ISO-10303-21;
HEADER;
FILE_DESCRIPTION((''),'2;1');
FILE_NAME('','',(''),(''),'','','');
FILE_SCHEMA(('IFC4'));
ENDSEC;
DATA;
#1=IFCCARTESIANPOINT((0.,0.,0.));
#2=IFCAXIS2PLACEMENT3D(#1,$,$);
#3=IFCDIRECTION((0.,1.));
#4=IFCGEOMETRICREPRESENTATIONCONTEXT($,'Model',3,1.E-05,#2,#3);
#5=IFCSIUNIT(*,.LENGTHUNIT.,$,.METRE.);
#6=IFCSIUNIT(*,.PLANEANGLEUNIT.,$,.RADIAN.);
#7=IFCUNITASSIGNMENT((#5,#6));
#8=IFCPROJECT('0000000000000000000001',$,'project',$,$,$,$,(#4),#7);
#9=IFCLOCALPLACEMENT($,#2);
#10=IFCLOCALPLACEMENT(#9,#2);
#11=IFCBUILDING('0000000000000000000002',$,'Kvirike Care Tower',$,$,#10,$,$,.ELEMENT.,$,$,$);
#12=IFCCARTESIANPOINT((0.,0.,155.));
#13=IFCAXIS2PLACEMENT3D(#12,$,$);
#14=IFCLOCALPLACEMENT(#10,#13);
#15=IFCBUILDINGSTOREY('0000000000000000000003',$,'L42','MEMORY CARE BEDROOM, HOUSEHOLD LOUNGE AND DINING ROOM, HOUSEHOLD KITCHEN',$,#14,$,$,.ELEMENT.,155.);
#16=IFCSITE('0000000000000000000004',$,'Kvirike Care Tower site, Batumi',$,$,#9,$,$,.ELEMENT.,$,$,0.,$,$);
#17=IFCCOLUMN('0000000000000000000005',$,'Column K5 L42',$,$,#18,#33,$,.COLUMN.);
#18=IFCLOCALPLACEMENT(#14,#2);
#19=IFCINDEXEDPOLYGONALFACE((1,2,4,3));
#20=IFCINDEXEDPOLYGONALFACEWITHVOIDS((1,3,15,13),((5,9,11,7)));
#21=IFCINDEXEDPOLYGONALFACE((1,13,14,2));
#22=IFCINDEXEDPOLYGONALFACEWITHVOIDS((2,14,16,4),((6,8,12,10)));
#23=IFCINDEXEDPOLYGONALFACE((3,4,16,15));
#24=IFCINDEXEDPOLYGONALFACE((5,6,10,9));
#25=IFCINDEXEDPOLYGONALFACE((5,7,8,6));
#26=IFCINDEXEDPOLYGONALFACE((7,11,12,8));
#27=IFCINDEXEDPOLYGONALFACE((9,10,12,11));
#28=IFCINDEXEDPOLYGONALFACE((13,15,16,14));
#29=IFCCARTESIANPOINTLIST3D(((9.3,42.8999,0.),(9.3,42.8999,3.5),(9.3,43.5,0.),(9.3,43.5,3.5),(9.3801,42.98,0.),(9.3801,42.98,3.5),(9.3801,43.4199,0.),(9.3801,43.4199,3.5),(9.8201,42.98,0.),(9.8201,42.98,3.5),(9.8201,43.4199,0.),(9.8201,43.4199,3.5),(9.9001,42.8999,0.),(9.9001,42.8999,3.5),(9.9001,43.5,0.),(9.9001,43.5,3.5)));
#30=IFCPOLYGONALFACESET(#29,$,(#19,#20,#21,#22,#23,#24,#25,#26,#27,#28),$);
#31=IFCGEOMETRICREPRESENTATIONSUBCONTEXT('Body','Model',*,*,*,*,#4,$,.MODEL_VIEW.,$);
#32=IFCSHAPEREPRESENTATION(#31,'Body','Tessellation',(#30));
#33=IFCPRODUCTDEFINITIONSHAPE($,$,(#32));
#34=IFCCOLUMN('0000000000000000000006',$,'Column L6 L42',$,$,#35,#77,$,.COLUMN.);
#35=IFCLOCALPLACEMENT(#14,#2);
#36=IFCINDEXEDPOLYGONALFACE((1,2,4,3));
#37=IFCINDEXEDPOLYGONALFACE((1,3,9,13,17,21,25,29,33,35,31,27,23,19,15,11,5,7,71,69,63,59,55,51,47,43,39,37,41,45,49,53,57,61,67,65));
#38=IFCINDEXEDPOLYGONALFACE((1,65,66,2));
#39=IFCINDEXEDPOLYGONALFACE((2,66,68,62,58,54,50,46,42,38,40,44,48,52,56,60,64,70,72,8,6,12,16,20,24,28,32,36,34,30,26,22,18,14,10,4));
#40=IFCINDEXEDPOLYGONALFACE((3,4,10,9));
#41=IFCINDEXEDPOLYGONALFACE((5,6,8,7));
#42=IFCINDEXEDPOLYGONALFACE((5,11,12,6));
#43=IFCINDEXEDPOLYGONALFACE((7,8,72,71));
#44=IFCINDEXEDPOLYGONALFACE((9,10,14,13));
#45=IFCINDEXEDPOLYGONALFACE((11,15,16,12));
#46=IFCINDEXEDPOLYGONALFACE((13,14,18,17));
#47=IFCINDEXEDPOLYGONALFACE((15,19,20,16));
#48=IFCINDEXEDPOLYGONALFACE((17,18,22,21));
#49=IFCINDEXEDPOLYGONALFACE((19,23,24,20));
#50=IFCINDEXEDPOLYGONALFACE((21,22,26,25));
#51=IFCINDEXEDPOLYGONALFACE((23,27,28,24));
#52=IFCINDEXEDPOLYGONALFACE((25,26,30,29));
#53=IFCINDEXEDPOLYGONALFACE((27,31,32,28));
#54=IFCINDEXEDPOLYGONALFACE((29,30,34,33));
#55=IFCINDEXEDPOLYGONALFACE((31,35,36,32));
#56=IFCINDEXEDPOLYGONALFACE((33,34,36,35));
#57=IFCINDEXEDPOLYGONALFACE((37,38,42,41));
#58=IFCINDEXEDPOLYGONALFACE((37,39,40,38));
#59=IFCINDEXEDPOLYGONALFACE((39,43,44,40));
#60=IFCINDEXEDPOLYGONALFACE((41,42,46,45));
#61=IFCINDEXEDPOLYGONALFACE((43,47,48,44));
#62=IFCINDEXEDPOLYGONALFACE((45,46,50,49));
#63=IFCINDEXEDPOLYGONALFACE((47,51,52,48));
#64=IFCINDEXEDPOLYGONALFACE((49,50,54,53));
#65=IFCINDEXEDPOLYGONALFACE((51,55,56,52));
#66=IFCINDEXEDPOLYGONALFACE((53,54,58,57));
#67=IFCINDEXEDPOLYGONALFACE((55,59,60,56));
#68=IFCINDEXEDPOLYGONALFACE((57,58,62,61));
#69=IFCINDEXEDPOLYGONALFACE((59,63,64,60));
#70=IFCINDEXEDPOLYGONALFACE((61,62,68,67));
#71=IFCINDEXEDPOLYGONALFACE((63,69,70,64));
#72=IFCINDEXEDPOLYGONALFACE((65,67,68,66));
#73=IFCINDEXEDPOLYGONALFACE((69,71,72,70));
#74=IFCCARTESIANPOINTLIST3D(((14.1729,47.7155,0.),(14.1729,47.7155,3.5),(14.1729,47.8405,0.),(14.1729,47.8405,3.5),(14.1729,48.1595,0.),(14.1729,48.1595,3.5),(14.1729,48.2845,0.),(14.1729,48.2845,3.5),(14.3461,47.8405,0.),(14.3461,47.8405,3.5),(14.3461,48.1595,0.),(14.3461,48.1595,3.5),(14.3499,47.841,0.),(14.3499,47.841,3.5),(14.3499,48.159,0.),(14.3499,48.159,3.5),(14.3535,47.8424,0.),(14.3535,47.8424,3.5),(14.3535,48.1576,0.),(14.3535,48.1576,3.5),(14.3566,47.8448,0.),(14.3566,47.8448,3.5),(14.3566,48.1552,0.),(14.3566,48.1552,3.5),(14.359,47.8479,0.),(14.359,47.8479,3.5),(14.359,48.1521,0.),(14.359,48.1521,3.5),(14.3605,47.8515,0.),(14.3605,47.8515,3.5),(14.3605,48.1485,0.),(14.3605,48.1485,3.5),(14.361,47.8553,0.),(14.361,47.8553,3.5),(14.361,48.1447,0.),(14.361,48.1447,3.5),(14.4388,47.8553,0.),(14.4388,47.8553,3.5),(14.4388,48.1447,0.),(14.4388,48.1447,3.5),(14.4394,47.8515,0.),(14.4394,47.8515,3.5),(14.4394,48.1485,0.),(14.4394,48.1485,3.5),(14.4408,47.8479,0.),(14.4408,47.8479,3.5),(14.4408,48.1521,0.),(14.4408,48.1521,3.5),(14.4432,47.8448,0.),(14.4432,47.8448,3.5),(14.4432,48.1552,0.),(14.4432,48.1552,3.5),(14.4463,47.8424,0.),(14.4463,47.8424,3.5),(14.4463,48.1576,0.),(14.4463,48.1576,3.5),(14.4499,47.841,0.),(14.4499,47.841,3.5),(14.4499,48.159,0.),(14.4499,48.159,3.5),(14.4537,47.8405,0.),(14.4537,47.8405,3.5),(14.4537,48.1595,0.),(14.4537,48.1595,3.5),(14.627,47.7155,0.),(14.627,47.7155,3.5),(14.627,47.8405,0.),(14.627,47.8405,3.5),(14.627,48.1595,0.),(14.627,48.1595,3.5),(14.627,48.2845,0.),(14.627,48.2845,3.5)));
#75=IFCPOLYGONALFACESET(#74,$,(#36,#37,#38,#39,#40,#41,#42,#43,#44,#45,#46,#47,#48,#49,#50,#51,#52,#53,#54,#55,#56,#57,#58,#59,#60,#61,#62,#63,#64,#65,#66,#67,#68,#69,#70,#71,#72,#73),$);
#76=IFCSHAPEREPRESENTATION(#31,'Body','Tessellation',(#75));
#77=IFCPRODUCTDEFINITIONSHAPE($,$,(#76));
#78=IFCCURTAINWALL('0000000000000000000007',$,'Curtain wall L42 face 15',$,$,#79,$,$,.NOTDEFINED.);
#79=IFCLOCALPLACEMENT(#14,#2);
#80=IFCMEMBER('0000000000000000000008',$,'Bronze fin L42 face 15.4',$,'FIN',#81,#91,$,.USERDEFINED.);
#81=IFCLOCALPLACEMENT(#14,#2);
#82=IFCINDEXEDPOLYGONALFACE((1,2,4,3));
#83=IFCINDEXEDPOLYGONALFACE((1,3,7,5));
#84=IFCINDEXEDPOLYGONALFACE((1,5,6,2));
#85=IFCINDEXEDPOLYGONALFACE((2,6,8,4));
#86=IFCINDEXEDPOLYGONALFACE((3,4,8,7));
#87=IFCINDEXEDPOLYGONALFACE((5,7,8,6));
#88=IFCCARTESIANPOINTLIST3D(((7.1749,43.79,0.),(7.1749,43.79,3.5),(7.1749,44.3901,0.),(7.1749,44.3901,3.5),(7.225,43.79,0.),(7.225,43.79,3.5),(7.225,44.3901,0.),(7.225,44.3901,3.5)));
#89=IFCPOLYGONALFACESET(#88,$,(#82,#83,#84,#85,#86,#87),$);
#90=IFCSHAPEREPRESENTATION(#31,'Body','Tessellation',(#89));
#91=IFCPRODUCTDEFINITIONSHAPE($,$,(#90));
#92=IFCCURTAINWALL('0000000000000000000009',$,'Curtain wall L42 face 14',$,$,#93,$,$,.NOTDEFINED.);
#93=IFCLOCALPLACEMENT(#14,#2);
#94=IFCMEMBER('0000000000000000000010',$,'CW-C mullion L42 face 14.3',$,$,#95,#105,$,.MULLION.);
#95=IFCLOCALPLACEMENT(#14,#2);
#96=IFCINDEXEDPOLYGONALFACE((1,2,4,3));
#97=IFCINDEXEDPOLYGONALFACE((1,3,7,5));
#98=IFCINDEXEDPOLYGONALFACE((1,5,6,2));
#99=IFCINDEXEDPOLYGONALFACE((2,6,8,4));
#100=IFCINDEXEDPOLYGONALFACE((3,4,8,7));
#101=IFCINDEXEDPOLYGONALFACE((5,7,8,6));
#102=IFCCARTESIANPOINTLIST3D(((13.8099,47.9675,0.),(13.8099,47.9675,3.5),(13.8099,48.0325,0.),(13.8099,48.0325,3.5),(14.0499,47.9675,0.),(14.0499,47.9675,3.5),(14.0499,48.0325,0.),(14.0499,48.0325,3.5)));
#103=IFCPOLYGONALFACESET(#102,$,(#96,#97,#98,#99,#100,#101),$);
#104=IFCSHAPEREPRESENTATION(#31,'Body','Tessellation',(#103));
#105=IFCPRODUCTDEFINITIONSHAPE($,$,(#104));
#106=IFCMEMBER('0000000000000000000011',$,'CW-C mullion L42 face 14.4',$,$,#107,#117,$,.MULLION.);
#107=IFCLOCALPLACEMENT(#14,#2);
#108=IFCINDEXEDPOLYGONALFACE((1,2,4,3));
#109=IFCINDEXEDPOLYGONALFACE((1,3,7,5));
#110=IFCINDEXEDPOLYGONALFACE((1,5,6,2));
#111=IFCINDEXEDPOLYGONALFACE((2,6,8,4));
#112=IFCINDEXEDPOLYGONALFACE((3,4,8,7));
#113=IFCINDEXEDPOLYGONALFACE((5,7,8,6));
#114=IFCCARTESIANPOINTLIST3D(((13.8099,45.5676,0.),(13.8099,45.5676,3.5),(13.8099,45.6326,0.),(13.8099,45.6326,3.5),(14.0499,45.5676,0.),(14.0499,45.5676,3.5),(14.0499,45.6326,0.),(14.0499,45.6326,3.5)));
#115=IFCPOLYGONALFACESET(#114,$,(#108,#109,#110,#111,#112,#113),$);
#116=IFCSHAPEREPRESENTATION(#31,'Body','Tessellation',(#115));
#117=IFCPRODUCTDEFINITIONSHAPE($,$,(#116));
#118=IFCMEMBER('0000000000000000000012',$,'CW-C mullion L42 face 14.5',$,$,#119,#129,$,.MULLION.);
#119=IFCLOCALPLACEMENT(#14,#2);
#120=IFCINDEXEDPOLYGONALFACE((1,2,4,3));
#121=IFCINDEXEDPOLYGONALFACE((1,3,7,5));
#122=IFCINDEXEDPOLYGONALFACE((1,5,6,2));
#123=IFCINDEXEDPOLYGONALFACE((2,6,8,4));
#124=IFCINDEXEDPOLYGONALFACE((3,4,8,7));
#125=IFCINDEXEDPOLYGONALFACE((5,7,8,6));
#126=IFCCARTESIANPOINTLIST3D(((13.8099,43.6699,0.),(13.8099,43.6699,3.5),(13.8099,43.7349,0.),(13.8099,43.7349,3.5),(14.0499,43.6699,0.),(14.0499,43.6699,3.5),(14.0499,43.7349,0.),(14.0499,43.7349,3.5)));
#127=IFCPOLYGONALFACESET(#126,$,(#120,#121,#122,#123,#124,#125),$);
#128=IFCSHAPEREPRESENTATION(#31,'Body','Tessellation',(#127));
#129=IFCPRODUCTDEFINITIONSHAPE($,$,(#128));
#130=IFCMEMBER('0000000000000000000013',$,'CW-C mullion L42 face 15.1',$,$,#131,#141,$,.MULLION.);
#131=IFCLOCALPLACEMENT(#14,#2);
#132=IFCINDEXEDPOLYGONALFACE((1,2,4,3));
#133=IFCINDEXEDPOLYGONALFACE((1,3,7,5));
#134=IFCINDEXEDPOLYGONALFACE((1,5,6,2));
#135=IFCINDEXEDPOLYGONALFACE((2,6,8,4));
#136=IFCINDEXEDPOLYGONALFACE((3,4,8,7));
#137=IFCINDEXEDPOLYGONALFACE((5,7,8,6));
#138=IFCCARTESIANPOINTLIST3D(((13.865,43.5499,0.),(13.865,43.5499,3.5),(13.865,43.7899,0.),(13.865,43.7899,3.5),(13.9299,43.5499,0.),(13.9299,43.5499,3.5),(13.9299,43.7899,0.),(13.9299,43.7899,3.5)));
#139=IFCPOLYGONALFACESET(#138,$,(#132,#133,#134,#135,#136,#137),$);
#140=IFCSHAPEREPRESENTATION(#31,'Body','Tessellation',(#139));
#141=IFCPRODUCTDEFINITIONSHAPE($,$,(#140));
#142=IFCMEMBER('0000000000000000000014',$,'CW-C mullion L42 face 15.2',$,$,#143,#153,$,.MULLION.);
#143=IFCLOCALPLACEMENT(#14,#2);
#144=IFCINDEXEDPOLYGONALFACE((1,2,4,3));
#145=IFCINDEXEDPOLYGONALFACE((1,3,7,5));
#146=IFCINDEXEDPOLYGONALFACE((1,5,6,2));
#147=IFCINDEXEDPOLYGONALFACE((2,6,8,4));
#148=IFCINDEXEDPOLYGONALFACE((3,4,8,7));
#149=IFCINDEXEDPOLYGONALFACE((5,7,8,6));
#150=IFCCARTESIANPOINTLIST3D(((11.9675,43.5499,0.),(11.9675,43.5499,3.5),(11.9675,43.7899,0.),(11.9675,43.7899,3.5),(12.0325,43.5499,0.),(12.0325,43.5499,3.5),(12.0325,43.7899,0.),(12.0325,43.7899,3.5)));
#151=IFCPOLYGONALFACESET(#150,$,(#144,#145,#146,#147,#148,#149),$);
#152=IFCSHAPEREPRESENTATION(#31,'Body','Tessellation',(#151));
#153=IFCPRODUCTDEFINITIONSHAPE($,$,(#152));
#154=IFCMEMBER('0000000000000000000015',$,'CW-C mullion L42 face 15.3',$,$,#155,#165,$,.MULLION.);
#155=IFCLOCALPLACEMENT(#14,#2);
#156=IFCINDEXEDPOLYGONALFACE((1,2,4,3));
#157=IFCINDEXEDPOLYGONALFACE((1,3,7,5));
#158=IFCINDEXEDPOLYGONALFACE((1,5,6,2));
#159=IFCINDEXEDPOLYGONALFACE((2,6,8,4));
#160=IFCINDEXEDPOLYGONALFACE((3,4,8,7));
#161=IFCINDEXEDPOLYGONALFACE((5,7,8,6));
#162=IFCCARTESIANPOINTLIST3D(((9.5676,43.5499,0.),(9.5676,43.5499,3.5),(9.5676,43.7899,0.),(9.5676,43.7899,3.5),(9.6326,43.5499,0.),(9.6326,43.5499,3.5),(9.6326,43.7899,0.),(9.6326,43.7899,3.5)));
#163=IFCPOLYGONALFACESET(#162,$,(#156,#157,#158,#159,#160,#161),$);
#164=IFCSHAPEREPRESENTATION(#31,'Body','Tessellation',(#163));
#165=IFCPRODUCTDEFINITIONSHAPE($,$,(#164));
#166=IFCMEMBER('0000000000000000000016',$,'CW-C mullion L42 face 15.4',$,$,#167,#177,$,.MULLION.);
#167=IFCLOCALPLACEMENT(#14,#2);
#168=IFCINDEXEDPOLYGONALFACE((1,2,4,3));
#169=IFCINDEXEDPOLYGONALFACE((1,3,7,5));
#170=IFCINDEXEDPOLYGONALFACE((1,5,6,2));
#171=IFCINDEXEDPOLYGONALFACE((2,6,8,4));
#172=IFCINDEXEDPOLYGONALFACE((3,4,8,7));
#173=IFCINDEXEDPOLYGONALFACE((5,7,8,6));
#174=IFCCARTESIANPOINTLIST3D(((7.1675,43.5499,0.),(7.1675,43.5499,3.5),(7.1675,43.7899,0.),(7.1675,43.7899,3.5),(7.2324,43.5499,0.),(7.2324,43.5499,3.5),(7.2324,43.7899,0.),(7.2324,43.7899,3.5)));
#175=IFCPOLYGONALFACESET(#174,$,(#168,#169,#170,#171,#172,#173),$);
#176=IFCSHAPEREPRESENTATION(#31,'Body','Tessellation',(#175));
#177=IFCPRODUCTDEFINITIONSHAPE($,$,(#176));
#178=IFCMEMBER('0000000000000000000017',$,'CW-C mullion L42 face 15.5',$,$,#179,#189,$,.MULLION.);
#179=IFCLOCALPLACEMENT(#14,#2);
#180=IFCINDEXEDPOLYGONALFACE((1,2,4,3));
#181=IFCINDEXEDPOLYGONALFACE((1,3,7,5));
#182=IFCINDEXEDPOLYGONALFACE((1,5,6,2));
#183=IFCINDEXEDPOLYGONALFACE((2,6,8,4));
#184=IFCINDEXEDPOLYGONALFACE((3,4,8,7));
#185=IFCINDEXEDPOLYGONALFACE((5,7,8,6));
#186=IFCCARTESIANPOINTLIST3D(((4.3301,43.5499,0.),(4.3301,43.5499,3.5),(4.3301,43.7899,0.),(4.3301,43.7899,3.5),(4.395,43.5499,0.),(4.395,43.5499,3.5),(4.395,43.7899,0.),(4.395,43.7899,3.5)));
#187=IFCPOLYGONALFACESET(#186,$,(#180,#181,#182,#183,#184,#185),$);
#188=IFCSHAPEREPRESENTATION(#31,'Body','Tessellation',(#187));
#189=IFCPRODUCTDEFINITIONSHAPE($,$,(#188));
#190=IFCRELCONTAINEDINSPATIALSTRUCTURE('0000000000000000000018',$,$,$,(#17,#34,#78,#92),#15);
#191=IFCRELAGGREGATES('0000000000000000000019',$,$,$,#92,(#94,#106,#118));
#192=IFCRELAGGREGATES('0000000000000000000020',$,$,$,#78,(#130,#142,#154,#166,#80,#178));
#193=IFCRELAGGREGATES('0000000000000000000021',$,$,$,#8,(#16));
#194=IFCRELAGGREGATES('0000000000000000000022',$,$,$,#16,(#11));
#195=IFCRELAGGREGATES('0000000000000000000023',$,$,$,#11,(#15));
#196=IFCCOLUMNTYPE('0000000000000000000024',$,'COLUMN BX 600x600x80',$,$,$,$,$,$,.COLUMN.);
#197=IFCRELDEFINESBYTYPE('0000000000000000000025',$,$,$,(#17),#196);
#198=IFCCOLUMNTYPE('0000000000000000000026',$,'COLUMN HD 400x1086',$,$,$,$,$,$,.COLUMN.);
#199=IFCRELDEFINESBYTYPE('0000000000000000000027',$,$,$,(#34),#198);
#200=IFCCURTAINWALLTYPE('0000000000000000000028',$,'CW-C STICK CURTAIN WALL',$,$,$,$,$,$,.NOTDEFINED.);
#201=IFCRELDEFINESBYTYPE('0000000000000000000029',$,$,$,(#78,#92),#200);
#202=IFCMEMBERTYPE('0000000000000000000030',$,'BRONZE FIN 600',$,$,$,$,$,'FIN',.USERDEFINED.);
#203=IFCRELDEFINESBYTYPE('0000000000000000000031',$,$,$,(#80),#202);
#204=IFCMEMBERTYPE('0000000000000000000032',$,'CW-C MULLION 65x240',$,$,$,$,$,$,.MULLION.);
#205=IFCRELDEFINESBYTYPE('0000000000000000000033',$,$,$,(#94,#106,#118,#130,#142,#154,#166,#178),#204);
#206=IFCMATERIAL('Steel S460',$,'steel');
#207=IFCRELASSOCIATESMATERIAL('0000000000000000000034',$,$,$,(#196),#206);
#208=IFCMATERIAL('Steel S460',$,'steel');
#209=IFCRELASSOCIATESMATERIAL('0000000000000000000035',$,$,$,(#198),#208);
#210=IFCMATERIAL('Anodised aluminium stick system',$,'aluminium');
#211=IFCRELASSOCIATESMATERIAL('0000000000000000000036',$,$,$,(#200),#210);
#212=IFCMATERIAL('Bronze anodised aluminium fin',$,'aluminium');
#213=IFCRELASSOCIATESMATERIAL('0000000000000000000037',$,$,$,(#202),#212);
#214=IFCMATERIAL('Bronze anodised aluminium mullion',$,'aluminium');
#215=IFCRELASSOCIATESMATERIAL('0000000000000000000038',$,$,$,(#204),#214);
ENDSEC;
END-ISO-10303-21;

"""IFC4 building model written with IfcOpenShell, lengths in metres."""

from ifc_helpers import new_model, si_unit, direction, frame, origin, origin_2d, place, context, subcontext, project, spatial, rectangle, hollow_rectangle, i_section, extrude, material, material_profile, profile_set, type_object, element, aggregate, save


model = new_model("IFC4")

# Units and contexts
model_context = context("Model", 3, precision=1e-05, world=origin(), true_north=direction((0.0, 1.0)))
body_context = subcontext(model_context, "Body", "Model", "MODEL_VIEW")
ifc_project = project(units=[si_unit("LENGTHUNIT", "METRE"), si_unit("PLANEANGLEUNIT", "RADIAN")], contexts=[model_context])

# Site, building, storey
site_placement = place(None, origin())
site = spatial("IfcSite", under=ifc_project, at=site_placement, Name="Kvirike Care Tower site, Batumi", CompositionType="ELEMENT", RefElevation=0.0)
building_placement = place(site_placement, origin())
building = spatial("IfcBuilding", under=site, at=building_placement, Name="Kvirike Care Tower", CompositionType="ELEMENT")
storey_placement = place(building_placement, frame((0.0, 0.0, 155.0)))
storey = spatial("IfcBuildingStorey", under=building, at=storey_placement, Name="L42", Description="MEMORY CARE BEDROOM, HOUSEHOLD LOUNGE AND DINING ROOM, HOUSEHOLD KITCHEN", CompositionType="ELEMENT", Elevation=155.0)

# Columns
ifc_material_1 = material(Name="Steel S460", Category="steel")
ifc_material_profile_1 = material_profile(ifc_material_1, hollow_rectangle(XDim=0.6001, YDim=0.6001, WallThickness=0.0801, at=origin_2d()), Name="BX 600x600x80")
ifc_profile_set_1 = profile_set([ifc_material_profile_1], Name="Steel S460")
column_type_1 = type_object("IfcColumnType", Name="COLUMN BX 600x600x80", PredefinedType="COLUMN", material=ifc_profile_set_1)
column_1_placement = place(storey_placement, frame((9.6001, 43.2, 0.0), z_axis=(0.0, 0.0, 1.0), x_axis=(0.0, 1.0, 0.0)))
element("IfcColumn", 1, at=column_1_placement, inside=storey, type_object=column_type_1, Name="Column K5 L42", PredefinedType="COLUMN", context=body_context, shape_type="SweptSolid", body=[
    extrude(hollow_rectangle(XDim=0.6001, YDim=0.6001, WallThickness=0.0801, at=origin_2d()), origin(), (0.0, 0.0, 1.0), 3.5),
])
ifc_material_2 = material(Name="Steel S460", Category="steel")
ifc_material_profile_2 = material_profile(ifc_material_2, i_section(OverallWidth=0.4541, OverallDepth=0.5691, WebThickness=0.0779, FlangeThickness=0.125, FilletRadius=0.0149, at=origin_2d()), Name="HD 400x1086")
ifc_profile_set_2 = profile_set([ifc_material_profile_2], Name="Steel S460")
column_type_2 = type_object("IfcColumnType", Name="COLUMN HD 400x1086", PredefinedType="COLUMN", material=ifc_profile_set_2)
column_2_placement = place(storey_placement, frame((14.3999, 48.0, 0.0), z_axis=(0.0, 0.0, 1.0), x_axis=(1.0, 0.0, 0.0)))
element("IfcColumn", 2, at=column_2_placement, inside=storey, type_object=column_type_2, Name="Column L6 L42", PredefinedType="COLUMN", context=body_context, shape_type="SweptSolid", body=[
    extrude(i_section(OverallWidth=0.4541, OverallDepth=0.5691, WebThickness=0.0779, FlangeThickness=0.125, FilletRadius=0.0149, at=origin_2d()), origin(), (0.0, 0.0, 1.0), 3.5),
])

# Curtain wall, member
ifc_material_3 = material(Name="Anodised aluminium stick system", Category="aluminium")
curtain_wall_type = type_object("IfcCurtainWallType", Name="CW-C STICK CURTAIN WALL", PredefinedType="NOTDEFINED", material=ifc_material_3)
curtain_wall_1_placement = place(storey_placement, origin())
curtain_wall_1 = element("IfcCurtainWall", 3, at=curtain_wall_1_placement, inside=storey, type_object=curtain_wall_type, Name="Curtain wall L42 face 15", PredefinedType="NOTDEFINED")
ifc_material_4 = material(Name="Bronze anodised aluminium fin", Category="aluminium")
ifc_material_profile_3 = material_profile(ifc_material_4, rectangle(XDim=0.05, YDim=0.6001, at=origin_2d()), Name="BRONZE FIN 600")
ifc_profile_set_3 = profile_set([ifc_material_profile_3], Name="Bronze anodised aluminium fin")
member_type_1 = type_object("IfcMemberType", Name="BRONZE FIN 600", ElementType="FIN", PredefinedType="USERDEFINED", material=ifc_profile_set_3)
member_1_placement = place(storey_placement, frame((7.2, 44.0901, 0.0), z_axis=(0.0, 0.0, 1.0), x_axis=(-1.0, 0.0, 0.0)))
member_1 = element("IfcMember", 4, at=member_1_placement, type_object=member_type_1, Name="Bronze fin L42 face 15.4", ObjectType="FIN", PredefinedType="USERDEFINED", context=body_context, shape_type="SweptSolid", body=[
    extrude(rectangle(XDim=0.05, YDim=0.6001, at=origin_2d()), origin(), (0.0, 0.0, 1.0), 3.5),
])

# Curtain wall, members
curtain_wall_2_placement = place(storey_placement, origin())
curtain_wall_2 = element("IfcCurtainWall", 5, at=curtain_wall_2_placement, inside=storey, type_object=curtain_wall_type, Name="Curtain wall L42 face 14", PredefinedType="NOTDEFINED")
ifc_material_5 = material(Name="Bronze anodised aluminium mullion", Category="aluminium")
ifc_material_profile_4 = material_profile(ifc_material_5, rectangle(XDim=0.0649, YDim=0.24, at=origin_2d()), Name="CW-C MULLION 65x240")
ifc_profile_set_4 = profile_set([ifc_material_profile_4], Name="Bronze anodised aluminium mullion")
member_type_2 = type_object("IfcMemberType", Name="CW-C MULLION 65x240", PredefinedType="MULLION", material=ifc_profile_set_4)
member_2_placement = place(storey_placement, frame((13.9299, 48.0, 0.0), z_axis=(0.0, 0.0, 1.0), x_axis=(0.0, -1.0, 0.0)))
member_2 = element("IfcMember", 6, at=member_2_placement, type_object=member_type_2, Name="CW-C mullion L42 face 14.3", PredefinedType="MULLION", context=body_context, shape_type="SweptSolid", body=[
    extrude(rectangle(XDim=0.0649, YDim=0.24, at=origin_2d()), origin(), (0.0, 0.0, 1.0), 3.5),
])
member_3_placement = place(storey_placement, frame((13.9299, 45.6001, 0.0), z_axis=(0.0, 0.0, 1.0), x_axis=(0.0, -1.0, 0.0)))
member_3 = element("IfcMember", 7, at=member_3_placement, type_object=member_type_2, Name="CW-C mullion L42 face 14.4", PredefinedType="MULLION", context=body_context, shape_type="SweptSolid", body=[
    extrude(rectangle(XDim=0.0649, YDim=0.24, at=origin_2d()), origin(), (0.0, 0.0, 1.0), 3.5),
])
member_4_placement = place(storey_placement, frame((13.9299, 43.7024, 0.0), z_axis=(0.0, 0.0, 1.0), x_axis=(0.0, -1.0, 0.0)))
member_4 = element("IfcMember", 8, at=member_4_placement, type_object=member_type_2, Name="CW-C mullion L42 face 14.5", PredefinedType="MULLION", context=body_context, shape_type="SweptSolid", body=[
    extrude(rectangle(XDim=0.0649, YDim=0.24, at=origin_2d()), origin(), (0.0, 0.0, 1.0), 3.5),
])

# Members
member_5_placement = place(storey_placement, frame((13.8975, 43.6699, 0.0), z_axis=(0.0, 0.0, 1.0), x_axis=(-1.0, 0.0, 0.0)))
member_5 = element("IfcMember", 9, at=member_5_placement, type_object=member_type_2, Name="CW-C mullion L42 face 15.1", PredefinedType="MULLION", context=body_context, shape_type="SweptSolid", body=[
    extrude(rectangle(XDim=0.0649, YDim=0.24, at=origin_2d()), origin(), (0.0, 0.0, 1.0), 3.5),
])
member_6_placement = place(storey_placement, frame((12.0, 43.6699, 0.0), z_axis=(0.0, 0.0, 1.0), x_axis=(-1.0, 0.0, 0.0)))
member_6 = element("IfcMember", 10, at=member_6_placement, type_object=member_type_2, Name="CW-C mullion L42 face 15.2", PredefinedType="MULLION", context=body_context, shape_type="SweptSolid", body=[
    extrude(rectangle(XDim=0.0649, YDim=0.24, at=origin_2d()), origin(), (0.0, 0.0, 1.0), 3.5),
])
member_7_placement = place(storey_placement, frame((9.6001, 43.6699, 0.0), z_axis=(0.0, 0.0, 1.0), x_axis=(-1.0, 0.0, 0.0)))
member_7 = element("IfcMember", 11, at=member_7_placement, type_object=member_type_2, Name="CW-C mullion L42 face 15.3", PredefinedType="MULLION", context=body_context, shape_type="SweptSolid", body=[
    extrude(rectangle(XDim=0.0649, YDim=0.24, at=origin_2d()), origin(), (0.0, 0.0, 1.0), 3.5),
])
member_8_placement = place(storey_placement, frame((7.2, 43.6699, 0.0), z_axis=(0.0, 0.0, 1.0), x_axis=(-1.0, 0.0, 0.0)))
member_8 = element("IfcMember", 12, at=member_8_placement, type_object=member_type_2, Name="CW-C mullion L42 face 15.4", PredefinedType="MULLION", context=body_context, shape_type="SweptSolid", body=[
    extrude(rectangle(XDim=0.0649, YDim=0.24, at=origin_2d()), origin(), (0.0, 0.0, 1.0), 3.5),
])
member_9_placement = place(storey_placement, frame((4.3625, 43.6699, 0.0), z_axis=(0.0, 0.0, 1.0), x_axis=(-1.0, 0.0, 0.0)))
member_9 = element("IfcMember", 13, at=member_9_placement, type_object=member_type_2, Name="CW-C mullion L42 face 15.5", PredefinedType="MULLION", context=body_context, shape_type="SweptSolid", body=[
    extrude(rectangle(XDim=0.0649, YDim=0.24, at=origin_2d()), origin(), (0.0, 0.0, 1.0), 3.5),
])

aggregate(curtain_wall_2, [member_2, member_3, member_4])
aggregate(curtain_wall_1, [member_5, member_6, member_7, member_8, member_1, member_9])

save(model, "model.ifc")
